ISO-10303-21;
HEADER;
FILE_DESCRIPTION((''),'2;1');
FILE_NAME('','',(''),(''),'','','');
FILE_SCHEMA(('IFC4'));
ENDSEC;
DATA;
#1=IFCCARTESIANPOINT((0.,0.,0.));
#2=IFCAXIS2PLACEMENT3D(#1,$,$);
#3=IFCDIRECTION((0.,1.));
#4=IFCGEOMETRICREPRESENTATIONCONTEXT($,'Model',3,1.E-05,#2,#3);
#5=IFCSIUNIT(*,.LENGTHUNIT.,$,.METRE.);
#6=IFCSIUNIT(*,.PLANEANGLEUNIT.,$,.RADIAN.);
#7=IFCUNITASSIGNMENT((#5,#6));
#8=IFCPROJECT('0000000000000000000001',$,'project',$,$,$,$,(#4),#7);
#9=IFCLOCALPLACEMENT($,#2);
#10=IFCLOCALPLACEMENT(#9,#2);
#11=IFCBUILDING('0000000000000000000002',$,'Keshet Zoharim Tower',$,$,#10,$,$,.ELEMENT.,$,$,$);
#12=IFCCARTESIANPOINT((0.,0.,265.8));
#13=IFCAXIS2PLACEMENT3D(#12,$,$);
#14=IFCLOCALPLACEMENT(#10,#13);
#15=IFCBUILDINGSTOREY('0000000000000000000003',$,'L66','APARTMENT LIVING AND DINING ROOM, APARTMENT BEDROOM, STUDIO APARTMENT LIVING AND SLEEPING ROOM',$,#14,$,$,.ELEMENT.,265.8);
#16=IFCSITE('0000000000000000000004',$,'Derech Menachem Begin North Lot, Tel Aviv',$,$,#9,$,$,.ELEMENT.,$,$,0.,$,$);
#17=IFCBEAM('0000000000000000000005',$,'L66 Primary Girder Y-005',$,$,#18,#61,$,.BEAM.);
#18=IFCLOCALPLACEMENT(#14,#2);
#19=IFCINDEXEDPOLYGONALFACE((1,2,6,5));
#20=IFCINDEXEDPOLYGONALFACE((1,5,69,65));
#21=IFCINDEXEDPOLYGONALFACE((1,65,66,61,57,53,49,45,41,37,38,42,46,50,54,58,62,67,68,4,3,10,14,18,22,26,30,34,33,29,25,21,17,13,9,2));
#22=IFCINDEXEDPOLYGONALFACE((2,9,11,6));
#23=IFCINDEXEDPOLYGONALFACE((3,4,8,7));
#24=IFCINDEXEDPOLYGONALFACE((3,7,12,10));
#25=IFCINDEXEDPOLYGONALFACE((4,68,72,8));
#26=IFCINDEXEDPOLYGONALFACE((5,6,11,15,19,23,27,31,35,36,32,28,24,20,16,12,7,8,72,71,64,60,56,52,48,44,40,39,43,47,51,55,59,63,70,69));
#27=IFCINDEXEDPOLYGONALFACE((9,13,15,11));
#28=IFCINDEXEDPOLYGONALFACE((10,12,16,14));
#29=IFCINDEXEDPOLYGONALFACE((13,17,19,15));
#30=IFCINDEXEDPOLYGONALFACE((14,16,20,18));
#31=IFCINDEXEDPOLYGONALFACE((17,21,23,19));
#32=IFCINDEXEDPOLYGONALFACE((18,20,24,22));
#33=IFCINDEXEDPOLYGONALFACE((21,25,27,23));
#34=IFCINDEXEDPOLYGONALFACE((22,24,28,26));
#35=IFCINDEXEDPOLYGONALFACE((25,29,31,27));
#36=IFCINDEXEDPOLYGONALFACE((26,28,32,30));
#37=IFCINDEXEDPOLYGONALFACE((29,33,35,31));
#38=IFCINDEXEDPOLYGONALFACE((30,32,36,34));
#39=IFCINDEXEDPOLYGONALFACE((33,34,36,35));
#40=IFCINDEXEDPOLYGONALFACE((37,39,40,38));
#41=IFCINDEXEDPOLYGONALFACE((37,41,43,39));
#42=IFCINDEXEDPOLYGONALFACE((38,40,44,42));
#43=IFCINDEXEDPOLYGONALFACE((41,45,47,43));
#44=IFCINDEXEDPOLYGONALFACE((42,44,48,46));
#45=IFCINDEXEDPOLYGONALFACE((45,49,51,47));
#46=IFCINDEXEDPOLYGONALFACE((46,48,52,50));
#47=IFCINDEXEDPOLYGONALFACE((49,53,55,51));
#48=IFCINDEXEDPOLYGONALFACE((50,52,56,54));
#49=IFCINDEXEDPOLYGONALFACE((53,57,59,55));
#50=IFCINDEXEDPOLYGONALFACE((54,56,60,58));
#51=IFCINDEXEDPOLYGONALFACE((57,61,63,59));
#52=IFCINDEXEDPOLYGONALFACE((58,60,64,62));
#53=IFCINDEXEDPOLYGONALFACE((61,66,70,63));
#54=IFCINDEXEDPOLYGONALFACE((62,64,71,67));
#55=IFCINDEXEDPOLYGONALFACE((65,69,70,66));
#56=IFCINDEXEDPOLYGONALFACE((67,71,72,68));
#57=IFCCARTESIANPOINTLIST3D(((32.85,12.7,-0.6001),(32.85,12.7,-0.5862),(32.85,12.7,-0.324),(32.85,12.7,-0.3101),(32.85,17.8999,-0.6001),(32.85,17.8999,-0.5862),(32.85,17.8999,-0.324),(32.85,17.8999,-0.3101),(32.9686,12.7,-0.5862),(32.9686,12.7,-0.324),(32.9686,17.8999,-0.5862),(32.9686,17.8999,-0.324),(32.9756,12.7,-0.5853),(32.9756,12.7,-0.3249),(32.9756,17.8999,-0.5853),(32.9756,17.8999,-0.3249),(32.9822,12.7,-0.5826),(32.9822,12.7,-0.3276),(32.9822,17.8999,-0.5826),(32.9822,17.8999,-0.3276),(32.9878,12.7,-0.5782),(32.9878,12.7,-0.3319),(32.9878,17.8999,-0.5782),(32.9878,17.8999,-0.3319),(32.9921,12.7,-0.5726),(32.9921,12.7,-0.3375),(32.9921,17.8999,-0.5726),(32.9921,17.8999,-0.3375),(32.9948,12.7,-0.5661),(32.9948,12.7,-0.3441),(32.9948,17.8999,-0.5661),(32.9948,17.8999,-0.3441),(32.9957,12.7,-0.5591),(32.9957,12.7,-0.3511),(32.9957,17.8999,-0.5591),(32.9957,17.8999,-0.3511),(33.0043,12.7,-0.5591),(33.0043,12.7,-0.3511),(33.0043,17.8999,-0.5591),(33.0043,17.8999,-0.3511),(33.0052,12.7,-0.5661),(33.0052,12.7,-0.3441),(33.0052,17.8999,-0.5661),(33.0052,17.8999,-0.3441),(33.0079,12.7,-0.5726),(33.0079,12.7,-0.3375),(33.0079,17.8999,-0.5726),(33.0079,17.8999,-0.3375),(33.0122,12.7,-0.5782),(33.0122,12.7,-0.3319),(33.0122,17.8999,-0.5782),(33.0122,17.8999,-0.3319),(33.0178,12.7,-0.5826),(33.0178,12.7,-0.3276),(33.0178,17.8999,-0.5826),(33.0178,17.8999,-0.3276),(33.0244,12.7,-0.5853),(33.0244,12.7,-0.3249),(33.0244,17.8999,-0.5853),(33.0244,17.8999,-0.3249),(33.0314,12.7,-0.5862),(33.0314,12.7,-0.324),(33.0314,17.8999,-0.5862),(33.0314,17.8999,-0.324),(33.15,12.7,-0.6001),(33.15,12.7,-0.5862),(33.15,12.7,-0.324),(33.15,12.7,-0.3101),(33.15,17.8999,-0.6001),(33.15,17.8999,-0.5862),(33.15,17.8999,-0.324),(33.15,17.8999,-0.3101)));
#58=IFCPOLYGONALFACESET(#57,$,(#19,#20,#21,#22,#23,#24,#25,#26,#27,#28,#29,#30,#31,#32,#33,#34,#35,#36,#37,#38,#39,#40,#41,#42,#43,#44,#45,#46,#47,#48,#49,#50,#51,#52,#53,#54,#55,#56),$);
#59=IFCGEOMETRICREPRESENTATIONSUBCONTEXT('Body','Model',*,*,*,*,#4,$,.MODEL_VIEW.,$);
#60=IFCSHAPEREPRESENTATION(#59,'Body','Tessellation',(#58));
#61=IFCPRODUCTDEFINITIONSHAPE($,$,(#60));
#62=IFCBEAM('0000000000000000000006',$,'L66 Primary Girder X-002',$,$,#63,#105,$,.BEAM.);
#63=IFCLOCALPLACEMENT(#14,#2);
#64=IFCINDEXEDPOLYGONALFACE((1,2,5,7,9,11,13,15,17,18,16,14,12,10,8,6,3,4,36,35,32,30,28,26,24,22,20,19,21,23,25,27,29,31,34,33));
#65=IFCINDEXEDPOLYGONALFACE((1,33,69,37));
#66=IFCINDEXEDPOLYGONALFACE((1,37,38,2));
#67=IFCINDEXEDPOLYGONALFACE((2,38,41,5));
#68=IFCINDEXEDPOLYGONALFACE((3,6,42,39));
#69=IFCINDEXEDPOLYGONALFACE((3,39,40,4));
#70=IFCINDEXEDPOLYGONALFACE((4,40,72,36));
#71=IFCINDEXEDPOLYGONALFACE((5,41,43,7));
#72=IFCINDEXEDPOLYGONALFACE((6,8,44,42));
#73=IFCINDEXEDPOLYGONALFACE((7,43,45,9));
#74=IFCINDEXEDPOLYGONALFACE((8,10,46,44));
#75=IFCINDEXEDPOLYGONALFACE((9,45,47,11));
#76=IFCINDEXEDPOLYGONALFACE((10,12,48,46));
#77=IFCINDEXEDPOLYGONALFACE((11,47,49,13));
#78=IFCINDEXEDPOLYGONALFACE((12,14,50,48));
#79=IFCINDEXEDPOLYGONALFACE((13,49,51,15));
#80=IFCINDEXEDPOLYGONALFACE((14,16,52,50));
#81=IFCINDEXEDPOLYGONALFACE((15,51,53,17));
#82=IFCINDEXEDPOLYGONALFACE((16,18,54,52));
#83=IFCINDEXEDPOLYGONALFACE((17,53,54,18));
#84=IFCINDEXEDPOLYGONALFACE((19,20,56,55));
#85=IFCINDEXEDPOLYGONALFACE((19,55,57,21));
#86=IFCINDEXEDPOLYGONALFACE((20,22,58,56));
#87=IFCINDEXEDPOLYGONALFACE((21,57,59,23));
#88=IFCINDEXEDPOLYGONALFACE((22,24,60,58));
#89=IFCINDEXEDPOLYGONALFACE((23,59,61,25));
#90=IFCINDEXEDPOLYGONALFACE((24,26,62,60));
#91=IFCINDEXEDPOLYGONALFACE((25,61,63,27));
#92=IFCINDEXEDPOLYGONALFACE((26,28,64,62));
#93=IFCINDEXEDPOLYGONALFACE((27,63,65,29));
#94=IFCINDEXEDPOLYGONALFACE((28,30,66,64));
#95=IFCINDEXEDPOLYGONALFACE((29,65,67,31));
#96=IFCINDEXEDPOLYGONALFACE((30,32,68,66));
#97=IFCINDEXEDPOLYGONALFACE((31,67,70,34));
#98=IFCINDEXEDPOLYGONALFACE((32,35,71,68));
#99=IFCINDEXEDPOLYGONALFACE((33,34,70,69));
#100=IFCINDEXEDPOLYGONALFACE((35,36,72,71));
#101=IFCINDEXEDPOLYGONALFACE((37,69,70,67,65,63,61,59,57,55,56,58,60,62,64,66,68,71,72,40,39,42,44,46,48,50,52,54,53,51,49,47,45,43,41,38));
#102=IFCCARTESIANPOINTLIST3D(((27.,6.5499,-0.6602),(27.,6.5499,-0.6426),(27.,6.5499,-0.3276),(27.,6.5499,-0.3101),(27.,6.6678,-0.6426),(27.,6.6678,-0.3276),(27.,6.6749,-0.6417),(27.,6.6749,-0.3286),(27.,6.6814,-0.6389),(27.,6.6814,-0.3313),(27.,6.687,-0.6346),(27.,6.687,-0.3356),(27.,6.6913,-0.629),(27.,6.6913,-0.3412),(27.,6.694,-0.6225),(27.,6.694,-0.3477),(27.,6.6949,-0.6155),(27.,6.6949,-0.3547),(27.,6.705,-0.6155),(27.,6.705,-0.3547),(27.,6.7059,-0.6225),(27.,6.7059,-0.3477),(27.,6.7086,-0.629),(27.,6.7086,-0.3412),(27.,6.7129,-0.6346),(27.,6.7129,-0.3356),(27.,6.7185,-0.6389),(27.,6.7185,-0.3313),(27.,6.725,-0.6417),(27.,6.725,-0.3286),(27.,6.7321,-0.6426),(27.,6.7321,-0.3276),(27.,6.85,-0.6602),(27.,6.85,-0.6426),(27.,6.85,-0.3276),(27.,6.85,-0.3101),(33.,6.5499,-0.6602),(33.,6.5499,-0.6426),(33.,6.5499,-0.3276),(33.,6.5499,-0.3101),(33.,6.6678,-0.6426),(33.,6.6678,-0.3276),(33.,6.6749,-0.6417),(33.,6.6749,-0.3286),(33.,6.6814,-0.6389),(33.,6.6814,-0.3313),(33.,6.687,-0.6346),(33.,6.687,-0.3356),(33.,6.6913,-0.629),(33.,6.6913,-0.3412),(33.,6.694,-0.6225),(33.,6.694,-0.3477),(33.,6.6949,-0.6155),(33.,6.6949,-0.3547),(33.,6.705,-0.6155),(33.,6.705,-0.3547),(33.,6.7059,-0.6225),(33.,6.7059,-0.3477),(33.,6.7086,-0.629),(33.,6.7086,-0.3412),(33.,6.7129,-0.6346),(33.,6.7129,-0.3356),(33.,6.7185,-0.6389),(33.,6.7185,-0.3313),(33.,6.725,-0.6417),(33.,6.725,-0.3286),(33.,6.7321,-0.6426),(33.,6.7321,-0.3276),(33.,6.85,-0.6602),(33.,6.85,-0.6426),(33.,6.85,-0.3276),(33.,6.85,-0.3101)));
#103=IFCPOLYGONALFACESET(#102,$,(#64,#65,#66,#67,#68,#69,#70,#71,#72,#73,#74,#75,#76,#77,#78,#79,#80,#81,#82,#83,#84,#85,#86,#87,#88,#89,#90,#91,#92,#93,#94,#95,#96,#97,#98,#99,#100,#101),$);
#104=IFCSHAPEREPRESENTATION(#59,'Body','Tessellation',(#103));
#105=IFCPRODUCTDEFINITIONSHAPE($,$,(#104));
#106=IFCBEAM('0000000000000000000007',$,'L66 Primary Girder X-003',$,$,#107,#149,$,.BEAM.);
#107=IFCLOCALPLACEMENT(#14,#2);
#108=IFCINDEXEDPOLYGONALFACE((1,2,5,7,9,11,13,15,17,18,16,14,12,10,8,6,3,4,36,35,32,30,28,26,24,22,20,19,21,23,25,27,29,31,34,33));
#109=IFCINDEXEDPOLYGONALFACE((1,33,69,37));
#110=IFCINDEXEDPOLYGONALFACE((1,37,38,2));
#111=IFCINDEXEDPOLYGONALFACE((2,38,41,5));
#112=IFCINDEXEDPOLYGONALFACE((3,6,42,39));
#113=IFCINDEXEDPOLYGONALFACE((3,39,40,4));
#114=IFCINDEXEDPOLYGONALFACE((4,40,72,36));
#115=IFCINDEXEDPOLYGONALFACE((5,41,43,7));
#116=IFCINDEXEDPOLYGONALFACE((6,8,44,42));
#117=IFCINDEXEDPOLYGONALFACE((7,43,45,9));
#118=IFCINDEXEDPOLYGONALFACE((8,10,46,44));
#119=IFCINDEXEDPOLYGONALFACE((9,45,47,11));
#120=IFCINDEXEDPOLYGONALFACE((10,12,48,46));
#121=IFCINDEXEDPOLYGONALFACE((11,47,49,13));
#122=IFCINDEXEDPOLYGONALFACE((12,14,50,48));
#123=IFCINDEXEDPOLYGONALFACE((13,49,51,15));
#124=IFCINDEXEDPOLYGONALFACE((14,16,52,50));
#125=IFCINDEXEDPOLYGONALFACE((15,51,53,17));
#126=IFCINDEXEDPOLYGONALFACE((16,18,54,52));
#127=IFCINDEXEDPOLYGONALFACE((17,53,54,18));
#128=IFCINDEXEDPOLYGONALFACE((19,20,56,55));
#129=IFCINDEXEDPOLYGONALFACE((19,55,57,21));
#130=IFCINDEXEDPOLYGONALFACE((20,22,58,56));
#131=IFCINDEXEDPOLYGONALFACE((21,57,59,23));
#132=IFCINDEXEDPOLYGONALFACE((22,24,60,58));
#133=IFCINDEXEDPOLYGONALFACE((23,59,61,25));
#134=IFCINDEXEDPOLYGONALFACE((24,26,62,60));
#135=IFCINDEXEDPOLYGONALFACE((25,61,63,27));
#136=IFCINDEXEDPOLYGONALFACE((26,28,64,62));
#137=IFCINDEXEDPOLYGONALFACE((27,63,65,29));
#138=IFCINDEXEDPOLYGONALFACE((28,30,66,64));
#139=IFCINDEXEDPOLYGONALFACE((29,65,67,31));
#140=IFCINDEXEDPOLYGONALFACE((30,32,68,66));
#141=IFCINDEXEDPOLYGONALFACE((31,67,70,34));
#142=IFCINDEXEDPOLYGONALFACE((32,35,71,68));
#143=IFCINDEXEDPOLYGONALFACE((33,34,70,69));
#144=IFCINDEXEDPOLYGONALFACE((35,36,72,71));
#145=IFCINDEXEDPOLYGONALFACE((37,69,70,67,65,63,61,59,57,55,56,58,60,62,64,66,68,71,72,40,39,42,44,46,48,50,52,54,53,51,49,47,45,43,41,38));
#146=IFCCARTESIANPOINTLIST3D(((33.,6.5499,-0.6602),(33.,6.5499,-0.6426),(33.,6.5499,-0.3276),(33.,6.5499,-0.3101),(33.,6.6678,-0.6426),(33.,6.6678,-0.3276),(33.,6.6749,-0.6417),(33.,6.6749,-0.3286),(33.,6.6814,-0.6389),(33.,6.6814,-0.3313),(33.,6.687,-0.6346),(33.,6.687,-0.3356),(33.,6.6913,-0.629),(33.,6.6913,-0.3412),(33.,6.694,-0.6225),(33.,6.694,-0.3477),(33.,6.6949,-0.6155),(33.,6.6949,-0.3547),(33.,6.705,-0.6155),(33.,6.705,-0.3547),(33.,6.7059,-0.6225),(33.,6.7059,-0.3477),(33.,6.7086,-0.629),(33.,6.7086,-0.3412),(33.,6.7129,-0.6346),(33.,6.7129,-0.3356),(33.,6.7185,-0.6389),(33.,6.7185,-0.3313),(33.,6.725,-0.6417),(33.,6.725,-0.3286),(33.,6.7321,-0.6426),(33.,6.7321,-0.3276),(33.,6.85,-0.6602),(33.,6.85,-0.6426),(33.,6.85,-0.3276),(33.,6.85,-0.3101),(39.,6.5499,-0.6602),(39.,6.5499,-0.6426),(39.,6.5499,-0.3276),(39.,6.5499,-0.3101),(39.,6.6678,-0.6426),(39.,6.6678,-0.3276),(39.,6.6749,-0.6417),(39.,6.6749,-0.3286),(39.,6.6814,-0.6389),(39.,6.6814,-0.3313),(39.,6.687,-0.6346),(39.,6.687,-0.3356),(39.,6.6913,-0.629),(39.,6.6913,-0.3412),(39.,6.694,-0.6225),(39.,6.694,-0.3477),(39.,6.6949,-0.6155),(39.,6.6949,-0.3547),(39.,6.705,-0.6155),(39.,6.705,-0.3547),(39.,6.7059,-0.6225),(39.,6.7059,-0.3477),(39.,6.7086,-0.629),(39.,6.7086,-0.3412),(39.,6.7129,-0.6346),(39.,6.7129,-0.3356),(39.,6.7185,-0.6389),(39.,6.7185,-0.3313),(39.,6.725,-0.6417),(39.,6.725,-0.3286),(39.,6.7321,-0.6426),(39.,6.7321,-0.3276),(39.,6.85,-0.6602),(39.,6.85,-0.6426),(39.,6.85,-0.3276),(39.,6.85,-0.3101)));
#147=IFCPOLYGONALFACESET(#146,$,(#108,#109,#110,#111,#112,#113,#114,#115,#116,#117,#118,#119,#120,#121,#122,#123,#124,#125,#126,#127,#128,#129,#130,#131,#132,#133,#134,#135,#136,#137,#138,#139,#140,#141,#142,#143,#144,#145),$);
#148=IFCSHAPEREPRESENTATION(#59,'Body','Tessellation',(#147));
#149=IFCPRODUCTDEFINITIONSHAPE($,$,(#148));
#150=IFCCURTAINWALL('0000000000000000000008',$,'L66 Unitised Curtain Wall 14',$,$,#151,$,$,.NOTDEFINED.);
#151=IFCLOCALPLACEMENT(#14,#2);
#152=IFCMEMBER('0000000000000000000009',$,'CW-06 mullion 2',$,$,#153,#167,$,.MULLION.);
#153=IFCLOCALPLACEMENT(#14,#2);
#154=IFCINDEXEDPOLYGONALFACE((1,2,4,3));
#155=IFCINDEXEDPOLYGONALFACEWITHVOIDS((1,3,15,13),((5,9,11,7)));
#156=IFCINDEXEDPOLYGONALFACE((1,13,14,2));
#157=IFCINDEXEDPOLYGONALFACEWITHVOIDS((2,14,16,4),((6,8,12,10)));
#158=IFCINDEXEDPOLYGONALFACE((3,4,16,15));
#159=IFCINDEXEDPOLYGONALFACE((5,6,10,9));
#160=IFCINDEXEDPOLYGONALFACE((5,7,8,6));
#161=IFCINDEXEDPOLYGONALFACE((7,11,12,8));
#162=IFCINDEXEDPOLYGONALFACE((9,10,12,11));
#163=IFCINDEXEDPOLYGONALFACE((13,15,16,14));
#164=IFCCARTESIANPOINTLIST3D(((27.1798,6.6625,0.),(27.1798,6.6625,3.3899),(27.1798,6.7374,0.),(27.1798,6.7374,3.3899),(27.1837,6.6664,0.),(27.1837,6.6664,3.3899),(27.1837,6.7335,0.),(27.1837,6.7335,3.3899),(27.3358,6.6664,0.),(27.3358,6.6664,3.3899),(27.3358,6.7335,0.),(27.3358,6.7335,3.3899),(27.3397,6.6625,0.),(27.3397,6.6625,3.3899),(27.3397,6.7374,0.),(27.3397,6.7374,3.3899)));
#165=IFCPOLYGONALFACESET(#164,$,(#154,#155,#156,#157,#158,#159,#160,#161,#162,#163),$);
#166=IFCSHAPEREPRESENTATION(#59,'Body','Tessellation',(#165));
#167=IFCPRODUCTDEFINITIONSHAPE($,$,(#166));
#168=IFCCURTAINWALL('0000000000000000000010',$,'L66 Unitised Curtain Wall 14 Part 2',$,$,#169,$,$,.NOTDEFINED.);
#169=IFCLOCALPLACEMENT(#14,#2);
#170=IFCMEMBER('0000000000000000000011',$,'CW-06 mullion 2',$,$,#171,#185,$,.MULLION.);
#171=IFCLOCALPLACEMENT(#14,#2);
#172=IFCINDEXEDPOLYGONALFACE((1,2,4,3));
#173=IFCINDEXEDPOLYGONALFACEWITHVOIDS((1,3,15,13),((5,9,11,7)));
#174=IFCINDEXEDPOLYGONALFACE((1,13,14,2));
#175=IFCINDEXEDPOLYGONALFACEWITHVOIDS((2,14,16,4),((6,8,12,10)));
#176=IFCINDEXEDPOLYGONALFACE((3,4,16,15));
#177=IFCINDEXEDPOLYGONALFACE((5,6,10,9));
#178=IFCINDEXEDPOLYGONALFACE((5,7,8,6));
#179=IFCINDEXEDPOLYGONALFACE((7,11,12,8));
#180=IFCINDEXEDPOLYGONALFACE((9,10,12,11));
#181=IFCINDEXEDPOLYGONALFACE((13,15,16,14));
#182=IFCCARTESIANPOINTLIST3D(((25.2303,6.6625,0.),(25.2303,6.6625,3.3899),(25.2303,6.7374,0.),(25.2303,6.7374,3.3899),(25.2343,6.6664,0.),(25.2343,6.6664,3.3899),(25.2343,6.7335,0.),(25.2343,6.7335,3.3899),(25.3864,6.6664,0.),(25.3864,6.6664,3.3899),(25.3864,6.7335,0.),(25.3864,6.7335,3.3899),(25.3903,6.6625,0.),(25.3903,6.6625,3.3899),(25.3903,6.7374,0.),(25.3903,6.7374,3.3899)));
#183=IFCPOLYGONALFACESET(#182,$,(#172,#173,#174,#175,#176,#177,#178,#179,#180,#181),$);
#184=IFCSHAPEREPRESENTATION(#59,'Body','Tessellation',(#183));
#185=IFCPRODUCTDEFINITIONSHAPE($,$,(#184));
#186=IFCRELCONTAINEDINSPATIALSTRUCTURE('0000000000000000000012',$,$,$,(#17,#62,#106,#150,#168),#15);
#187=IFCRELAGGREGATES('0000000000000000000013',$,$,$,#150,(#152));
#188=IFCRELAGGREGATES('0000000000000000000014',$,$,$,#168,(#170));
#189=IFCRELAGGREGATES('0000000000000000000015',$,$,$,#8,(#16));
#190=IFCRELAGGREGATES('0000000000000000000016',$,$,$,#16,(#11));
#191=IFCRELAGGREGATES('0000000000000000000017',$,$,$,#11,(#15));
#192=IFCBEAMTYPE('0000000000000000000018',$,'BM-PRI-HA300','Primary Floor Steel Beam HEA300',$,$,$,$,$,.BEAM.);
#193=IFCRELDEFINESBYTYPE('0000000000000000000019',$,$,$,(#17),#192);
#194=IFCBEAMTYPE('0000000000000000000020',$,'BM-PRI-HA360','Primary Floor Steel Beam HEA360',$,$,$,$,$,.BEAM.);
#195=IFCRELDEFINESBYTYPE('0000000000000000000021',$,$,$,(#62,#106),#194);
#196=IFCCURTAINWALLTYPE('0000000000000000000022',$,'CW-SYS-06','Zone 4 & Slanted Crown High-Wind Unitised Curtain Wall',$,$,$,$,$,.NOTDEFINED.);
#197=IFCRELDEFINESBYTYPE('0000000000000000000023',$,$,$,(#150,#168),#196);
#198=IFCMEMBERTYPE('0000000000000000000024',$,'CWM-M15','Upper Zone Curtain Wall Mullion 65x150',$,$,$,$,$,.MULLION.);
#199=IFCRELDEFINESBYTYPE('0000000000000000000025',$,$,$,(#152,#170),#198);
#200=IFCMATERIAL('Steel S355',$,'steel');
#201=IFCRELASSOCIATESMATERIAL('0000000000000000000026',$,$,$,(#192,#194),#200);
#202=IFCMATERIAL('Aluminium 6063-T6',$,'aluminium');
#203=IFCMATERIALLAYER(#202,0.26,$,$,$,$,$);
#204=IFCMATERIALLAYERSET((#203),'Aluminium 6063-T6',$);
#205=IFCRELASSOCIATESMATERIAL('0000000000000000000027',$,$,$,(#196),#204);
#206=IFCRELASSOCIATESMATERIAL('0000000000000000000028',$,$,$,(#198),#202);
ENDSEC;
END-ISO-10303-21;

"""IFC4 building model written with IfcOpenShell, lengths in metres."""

from ifc_helpers import new_model, si_unit, direction, frame, origin, origin_2d, place, context, subcontext, project, spatial, hollow_rectangle, i_section, extrude, material, layer, layer_set, material_profile, profile_set, type_object, element, aggregate, save


model = new_model("IFC4")

# Units and contexts
model_context = context("Model", 3, precision=1e-05, world=origin(), true_north=direction((0.0, 1.0)))
body_context = subcontext(model_context, "Body", "Model", "MODEL_VIEW")
ifc_project = project(units=[si_unit("LENGTHUNIT", "METRE"), si_unit("PLANEANGLEUNIT", "RADIAN")], contexts=[model_context])

# Site, building, storey
site_placement = place(None, origin())
site = spatial("IfcSite", under=ifc_project, at=site_placement, Name="Derech Menachem Begin North Lot, Tel Aviv", CompositionType="ELEMENT", RefElevation=0.0)
building_placement = place(site_placement, origin())
building = spatial("IfcBuilding", under=site, at=building_placement, Name="Keshet Zoharim Tower", CompositionType="ELEMENT")
storey_placement = place(building_placement, frame((0.0, 0.0, 265.8)))
storey = spatial("IfcBuildingStorey", under=building, at=storey_placement, Name="L66", Description="APARTMENT LIVING AND DINING ROOM, APARTMENT BEDROOM, STUDIO APARTMENT LIVING AND SLEEPING ROOM", CompositionType="ELEMENT", Elevation=265.8)

# Shared definitions
ifc_material_1 = material(Name="Steel S355", Category="steel")

# Beams
ifc_material_profile_1 = material_profile(ifc_material_1, i_section(OverallWidth=0.3, OverallDepth=0.29, WebThickness=0.0085, FlangeThickness=0.0139, FilletRadius=0.0271, at=origin_2d()), Name="HEA300")
ifc_profile_set_1 = profile_set([ifc_material_profile_1], Name="Steel S355")
beam_type_1 = type_object("IfcBeamType", Name="BM-PRI-HA300", Description="Primary Floor Steel Beam HEA300", PredefinedType="BEAM", material=ifc_profile_set_1)
beam_1_placement = place(storey_placement, frame((33.0, 12.7, -0.4551), z_axis=(0.0, 1.0, 0.0), x_axis=(-1.0, 0.0, 0.0)))
element("IfcBeam", 1, at=beam_1_placement, inside=storey, type_object=beam_type_1, Name="L66 Primary Girder Y-005", PredefinedType="BEAM", context=body_context, shape_type="SweptSolid", body=[
    extrude(i_section(OverallWidth=0.3, OverallDepth=0.29, WebThickness=0.0085, FlangeThickness=0.0139, FilletRadius=0.0271, at=origin_2d()), origin(), (0.0, 0.0, 1.0), 5.2),
])
ifc_material_profile_2 = material_profile(ifc_material_1, i_section(OverallWidth=0.3, OverallDepth=0.3501, WebThickness=0.01, FlangeThickness=0.0176, FilletRadius=0.0271, at=origin_2d()), Name="HEA360")
ifc_profile_set_2 = profile_set([ifc_material_profile_2], Name="Steel S355")
beam_type_2 = type_object("IfcBeamType", Name="BM-PRI-HA360", Description="Primary Floor Steel Beam HEA360", PredefinedType="BEAM", material=ifc_profile_set_2)
for number, where, z_axis, x_axis, name in (
    (2, (27.0, 6.7, -0.4851), (1.0, 0.0, 0.0), (0.0, 1.0, 0.0), "L66 Primary Girder X-002"),
    (3, (33.0, 6.7, -0.4851), (1.0, 0.0, 0.0), (0.0, 1.0, 0.0), "L66 Primary Girder X-003"),
):
    element("IfcBeam", number, at=place(storey_placement, frame(where, z_axis=z_axis, x_axis=x_axis)), inside=storey, type_object=beam_type_2, Name=name, PredefinedType="BEAM", context=body_context, shape_type="SweptSolid", body=[
        extrude(i_section(OverallWidth=0.3, OverallDepth=0.3501, WebThickness=0.01, FlangeThickness=0.0176, FilletRadius=0.0271, at=origin_2d()), origin(), (0.0, 0.0, 1.0), 6.0),
    ])

# Curtain wall, member
ifc_material_2 = material(Name="Aluminium 6063-T6", Category="aluminium")
ifc_layer_1 = layer(ifc_material_2, 0.26)
ifc_layer_set_1 = layer_set([ifc_layer_1], Name="Aluminium 6063-T6")
curtain_wall_type = type_object("IfcCurtainWallType", Name="CW-SYS-06", Description="Zone 4 & Slanted Crown High-Wind Unitised Curtain Wall", PredefinedType="NOTDEFINED", material=ifc_layer_set_1)
curtain_wall_1_placement = place(storey_placement, origin())
curtain_wall_1 = element("IfcCurtainWall", 4, at=curtain_wall_1_placement, inside=storey, type_object=curtain_wall_type, Name="L66 Unitised Curtain Wall 14", PredefinedType="NOTDEFINED")
ifc_material_profile_3 = material_profile(ifc_material_2, hollow_rectangle(XDim=0.075, YDim=0.1599, WallThickness=0.0039, at=origin_2d()), Name="MUL-75x160")
ifc_profile_set_3 = profile_set([ifc_material_profile_3], Name="Aluminium 6063-T6")
member_type_1 = type_object("IfcMemberType", Name="CWM-M15", Description="Upper Zone Curtain Wall Mullion 65x150", PredefinedType="MULLION", material=ifc_profile_set_3)
member_1_placement = place(storey_placement, frame((27.2598, 6.7, 0.0), z_axis=(0.0, 0.0, 1.0), x_axis=(0.0, -1.0, 0.0)))
member_1 = element("IfcMember", 5, at=member_1_placement, type_object=member_type_1, Name="CW-06 mullion 2", PredefinedType="MULLION", context=body_context, shape_type="SweptSolid", body=[
    extrude(hollow_rectangle(XDim=0.075, YDim=0.1599, WallThickness=0.0039, at=origin_2d()), origin(), (0.0, 0.0, 1.0), 3.3899),
])

# Curtain wall, member
curtain_wall_2_placement = place(storey_placement, origin())
curtain_wall_2 = element("IfcCurtainWall", 6, at=curtain_wall_2_placement, inside=storey, type_object=curtain_wall_type, Name="L66 Unitised Curtain Wall 14 Part 2", PredefinedType="NOTDEFINED")
member_2_placement = place(storey_placement, frame((25.3103, 6.7, 0.0), z_axis=(0.0, 0.0, 1.0), x_axis=(0.0, -1.0, 0.0)))
member_2 = element("IfcMember", 7, at=member_2_placement, type_object=member_type_1, Name="CW-06 mullion 2", PredefinedType="MULLION", context=body_context, shape_type="SweptSolid", body=[
    extrude(hollow_rectangle(XDim=0.075, YDim=0.1599, WallThickness=0.0039, at=origin_2d()), origin(), (0.0, 0.0, 1.0), 3.3899),
])

aggregate(curtain_wall_1, [member_1])
aggregate(curtain_wall_2, [member_2])

save(model, "model.ifc")
